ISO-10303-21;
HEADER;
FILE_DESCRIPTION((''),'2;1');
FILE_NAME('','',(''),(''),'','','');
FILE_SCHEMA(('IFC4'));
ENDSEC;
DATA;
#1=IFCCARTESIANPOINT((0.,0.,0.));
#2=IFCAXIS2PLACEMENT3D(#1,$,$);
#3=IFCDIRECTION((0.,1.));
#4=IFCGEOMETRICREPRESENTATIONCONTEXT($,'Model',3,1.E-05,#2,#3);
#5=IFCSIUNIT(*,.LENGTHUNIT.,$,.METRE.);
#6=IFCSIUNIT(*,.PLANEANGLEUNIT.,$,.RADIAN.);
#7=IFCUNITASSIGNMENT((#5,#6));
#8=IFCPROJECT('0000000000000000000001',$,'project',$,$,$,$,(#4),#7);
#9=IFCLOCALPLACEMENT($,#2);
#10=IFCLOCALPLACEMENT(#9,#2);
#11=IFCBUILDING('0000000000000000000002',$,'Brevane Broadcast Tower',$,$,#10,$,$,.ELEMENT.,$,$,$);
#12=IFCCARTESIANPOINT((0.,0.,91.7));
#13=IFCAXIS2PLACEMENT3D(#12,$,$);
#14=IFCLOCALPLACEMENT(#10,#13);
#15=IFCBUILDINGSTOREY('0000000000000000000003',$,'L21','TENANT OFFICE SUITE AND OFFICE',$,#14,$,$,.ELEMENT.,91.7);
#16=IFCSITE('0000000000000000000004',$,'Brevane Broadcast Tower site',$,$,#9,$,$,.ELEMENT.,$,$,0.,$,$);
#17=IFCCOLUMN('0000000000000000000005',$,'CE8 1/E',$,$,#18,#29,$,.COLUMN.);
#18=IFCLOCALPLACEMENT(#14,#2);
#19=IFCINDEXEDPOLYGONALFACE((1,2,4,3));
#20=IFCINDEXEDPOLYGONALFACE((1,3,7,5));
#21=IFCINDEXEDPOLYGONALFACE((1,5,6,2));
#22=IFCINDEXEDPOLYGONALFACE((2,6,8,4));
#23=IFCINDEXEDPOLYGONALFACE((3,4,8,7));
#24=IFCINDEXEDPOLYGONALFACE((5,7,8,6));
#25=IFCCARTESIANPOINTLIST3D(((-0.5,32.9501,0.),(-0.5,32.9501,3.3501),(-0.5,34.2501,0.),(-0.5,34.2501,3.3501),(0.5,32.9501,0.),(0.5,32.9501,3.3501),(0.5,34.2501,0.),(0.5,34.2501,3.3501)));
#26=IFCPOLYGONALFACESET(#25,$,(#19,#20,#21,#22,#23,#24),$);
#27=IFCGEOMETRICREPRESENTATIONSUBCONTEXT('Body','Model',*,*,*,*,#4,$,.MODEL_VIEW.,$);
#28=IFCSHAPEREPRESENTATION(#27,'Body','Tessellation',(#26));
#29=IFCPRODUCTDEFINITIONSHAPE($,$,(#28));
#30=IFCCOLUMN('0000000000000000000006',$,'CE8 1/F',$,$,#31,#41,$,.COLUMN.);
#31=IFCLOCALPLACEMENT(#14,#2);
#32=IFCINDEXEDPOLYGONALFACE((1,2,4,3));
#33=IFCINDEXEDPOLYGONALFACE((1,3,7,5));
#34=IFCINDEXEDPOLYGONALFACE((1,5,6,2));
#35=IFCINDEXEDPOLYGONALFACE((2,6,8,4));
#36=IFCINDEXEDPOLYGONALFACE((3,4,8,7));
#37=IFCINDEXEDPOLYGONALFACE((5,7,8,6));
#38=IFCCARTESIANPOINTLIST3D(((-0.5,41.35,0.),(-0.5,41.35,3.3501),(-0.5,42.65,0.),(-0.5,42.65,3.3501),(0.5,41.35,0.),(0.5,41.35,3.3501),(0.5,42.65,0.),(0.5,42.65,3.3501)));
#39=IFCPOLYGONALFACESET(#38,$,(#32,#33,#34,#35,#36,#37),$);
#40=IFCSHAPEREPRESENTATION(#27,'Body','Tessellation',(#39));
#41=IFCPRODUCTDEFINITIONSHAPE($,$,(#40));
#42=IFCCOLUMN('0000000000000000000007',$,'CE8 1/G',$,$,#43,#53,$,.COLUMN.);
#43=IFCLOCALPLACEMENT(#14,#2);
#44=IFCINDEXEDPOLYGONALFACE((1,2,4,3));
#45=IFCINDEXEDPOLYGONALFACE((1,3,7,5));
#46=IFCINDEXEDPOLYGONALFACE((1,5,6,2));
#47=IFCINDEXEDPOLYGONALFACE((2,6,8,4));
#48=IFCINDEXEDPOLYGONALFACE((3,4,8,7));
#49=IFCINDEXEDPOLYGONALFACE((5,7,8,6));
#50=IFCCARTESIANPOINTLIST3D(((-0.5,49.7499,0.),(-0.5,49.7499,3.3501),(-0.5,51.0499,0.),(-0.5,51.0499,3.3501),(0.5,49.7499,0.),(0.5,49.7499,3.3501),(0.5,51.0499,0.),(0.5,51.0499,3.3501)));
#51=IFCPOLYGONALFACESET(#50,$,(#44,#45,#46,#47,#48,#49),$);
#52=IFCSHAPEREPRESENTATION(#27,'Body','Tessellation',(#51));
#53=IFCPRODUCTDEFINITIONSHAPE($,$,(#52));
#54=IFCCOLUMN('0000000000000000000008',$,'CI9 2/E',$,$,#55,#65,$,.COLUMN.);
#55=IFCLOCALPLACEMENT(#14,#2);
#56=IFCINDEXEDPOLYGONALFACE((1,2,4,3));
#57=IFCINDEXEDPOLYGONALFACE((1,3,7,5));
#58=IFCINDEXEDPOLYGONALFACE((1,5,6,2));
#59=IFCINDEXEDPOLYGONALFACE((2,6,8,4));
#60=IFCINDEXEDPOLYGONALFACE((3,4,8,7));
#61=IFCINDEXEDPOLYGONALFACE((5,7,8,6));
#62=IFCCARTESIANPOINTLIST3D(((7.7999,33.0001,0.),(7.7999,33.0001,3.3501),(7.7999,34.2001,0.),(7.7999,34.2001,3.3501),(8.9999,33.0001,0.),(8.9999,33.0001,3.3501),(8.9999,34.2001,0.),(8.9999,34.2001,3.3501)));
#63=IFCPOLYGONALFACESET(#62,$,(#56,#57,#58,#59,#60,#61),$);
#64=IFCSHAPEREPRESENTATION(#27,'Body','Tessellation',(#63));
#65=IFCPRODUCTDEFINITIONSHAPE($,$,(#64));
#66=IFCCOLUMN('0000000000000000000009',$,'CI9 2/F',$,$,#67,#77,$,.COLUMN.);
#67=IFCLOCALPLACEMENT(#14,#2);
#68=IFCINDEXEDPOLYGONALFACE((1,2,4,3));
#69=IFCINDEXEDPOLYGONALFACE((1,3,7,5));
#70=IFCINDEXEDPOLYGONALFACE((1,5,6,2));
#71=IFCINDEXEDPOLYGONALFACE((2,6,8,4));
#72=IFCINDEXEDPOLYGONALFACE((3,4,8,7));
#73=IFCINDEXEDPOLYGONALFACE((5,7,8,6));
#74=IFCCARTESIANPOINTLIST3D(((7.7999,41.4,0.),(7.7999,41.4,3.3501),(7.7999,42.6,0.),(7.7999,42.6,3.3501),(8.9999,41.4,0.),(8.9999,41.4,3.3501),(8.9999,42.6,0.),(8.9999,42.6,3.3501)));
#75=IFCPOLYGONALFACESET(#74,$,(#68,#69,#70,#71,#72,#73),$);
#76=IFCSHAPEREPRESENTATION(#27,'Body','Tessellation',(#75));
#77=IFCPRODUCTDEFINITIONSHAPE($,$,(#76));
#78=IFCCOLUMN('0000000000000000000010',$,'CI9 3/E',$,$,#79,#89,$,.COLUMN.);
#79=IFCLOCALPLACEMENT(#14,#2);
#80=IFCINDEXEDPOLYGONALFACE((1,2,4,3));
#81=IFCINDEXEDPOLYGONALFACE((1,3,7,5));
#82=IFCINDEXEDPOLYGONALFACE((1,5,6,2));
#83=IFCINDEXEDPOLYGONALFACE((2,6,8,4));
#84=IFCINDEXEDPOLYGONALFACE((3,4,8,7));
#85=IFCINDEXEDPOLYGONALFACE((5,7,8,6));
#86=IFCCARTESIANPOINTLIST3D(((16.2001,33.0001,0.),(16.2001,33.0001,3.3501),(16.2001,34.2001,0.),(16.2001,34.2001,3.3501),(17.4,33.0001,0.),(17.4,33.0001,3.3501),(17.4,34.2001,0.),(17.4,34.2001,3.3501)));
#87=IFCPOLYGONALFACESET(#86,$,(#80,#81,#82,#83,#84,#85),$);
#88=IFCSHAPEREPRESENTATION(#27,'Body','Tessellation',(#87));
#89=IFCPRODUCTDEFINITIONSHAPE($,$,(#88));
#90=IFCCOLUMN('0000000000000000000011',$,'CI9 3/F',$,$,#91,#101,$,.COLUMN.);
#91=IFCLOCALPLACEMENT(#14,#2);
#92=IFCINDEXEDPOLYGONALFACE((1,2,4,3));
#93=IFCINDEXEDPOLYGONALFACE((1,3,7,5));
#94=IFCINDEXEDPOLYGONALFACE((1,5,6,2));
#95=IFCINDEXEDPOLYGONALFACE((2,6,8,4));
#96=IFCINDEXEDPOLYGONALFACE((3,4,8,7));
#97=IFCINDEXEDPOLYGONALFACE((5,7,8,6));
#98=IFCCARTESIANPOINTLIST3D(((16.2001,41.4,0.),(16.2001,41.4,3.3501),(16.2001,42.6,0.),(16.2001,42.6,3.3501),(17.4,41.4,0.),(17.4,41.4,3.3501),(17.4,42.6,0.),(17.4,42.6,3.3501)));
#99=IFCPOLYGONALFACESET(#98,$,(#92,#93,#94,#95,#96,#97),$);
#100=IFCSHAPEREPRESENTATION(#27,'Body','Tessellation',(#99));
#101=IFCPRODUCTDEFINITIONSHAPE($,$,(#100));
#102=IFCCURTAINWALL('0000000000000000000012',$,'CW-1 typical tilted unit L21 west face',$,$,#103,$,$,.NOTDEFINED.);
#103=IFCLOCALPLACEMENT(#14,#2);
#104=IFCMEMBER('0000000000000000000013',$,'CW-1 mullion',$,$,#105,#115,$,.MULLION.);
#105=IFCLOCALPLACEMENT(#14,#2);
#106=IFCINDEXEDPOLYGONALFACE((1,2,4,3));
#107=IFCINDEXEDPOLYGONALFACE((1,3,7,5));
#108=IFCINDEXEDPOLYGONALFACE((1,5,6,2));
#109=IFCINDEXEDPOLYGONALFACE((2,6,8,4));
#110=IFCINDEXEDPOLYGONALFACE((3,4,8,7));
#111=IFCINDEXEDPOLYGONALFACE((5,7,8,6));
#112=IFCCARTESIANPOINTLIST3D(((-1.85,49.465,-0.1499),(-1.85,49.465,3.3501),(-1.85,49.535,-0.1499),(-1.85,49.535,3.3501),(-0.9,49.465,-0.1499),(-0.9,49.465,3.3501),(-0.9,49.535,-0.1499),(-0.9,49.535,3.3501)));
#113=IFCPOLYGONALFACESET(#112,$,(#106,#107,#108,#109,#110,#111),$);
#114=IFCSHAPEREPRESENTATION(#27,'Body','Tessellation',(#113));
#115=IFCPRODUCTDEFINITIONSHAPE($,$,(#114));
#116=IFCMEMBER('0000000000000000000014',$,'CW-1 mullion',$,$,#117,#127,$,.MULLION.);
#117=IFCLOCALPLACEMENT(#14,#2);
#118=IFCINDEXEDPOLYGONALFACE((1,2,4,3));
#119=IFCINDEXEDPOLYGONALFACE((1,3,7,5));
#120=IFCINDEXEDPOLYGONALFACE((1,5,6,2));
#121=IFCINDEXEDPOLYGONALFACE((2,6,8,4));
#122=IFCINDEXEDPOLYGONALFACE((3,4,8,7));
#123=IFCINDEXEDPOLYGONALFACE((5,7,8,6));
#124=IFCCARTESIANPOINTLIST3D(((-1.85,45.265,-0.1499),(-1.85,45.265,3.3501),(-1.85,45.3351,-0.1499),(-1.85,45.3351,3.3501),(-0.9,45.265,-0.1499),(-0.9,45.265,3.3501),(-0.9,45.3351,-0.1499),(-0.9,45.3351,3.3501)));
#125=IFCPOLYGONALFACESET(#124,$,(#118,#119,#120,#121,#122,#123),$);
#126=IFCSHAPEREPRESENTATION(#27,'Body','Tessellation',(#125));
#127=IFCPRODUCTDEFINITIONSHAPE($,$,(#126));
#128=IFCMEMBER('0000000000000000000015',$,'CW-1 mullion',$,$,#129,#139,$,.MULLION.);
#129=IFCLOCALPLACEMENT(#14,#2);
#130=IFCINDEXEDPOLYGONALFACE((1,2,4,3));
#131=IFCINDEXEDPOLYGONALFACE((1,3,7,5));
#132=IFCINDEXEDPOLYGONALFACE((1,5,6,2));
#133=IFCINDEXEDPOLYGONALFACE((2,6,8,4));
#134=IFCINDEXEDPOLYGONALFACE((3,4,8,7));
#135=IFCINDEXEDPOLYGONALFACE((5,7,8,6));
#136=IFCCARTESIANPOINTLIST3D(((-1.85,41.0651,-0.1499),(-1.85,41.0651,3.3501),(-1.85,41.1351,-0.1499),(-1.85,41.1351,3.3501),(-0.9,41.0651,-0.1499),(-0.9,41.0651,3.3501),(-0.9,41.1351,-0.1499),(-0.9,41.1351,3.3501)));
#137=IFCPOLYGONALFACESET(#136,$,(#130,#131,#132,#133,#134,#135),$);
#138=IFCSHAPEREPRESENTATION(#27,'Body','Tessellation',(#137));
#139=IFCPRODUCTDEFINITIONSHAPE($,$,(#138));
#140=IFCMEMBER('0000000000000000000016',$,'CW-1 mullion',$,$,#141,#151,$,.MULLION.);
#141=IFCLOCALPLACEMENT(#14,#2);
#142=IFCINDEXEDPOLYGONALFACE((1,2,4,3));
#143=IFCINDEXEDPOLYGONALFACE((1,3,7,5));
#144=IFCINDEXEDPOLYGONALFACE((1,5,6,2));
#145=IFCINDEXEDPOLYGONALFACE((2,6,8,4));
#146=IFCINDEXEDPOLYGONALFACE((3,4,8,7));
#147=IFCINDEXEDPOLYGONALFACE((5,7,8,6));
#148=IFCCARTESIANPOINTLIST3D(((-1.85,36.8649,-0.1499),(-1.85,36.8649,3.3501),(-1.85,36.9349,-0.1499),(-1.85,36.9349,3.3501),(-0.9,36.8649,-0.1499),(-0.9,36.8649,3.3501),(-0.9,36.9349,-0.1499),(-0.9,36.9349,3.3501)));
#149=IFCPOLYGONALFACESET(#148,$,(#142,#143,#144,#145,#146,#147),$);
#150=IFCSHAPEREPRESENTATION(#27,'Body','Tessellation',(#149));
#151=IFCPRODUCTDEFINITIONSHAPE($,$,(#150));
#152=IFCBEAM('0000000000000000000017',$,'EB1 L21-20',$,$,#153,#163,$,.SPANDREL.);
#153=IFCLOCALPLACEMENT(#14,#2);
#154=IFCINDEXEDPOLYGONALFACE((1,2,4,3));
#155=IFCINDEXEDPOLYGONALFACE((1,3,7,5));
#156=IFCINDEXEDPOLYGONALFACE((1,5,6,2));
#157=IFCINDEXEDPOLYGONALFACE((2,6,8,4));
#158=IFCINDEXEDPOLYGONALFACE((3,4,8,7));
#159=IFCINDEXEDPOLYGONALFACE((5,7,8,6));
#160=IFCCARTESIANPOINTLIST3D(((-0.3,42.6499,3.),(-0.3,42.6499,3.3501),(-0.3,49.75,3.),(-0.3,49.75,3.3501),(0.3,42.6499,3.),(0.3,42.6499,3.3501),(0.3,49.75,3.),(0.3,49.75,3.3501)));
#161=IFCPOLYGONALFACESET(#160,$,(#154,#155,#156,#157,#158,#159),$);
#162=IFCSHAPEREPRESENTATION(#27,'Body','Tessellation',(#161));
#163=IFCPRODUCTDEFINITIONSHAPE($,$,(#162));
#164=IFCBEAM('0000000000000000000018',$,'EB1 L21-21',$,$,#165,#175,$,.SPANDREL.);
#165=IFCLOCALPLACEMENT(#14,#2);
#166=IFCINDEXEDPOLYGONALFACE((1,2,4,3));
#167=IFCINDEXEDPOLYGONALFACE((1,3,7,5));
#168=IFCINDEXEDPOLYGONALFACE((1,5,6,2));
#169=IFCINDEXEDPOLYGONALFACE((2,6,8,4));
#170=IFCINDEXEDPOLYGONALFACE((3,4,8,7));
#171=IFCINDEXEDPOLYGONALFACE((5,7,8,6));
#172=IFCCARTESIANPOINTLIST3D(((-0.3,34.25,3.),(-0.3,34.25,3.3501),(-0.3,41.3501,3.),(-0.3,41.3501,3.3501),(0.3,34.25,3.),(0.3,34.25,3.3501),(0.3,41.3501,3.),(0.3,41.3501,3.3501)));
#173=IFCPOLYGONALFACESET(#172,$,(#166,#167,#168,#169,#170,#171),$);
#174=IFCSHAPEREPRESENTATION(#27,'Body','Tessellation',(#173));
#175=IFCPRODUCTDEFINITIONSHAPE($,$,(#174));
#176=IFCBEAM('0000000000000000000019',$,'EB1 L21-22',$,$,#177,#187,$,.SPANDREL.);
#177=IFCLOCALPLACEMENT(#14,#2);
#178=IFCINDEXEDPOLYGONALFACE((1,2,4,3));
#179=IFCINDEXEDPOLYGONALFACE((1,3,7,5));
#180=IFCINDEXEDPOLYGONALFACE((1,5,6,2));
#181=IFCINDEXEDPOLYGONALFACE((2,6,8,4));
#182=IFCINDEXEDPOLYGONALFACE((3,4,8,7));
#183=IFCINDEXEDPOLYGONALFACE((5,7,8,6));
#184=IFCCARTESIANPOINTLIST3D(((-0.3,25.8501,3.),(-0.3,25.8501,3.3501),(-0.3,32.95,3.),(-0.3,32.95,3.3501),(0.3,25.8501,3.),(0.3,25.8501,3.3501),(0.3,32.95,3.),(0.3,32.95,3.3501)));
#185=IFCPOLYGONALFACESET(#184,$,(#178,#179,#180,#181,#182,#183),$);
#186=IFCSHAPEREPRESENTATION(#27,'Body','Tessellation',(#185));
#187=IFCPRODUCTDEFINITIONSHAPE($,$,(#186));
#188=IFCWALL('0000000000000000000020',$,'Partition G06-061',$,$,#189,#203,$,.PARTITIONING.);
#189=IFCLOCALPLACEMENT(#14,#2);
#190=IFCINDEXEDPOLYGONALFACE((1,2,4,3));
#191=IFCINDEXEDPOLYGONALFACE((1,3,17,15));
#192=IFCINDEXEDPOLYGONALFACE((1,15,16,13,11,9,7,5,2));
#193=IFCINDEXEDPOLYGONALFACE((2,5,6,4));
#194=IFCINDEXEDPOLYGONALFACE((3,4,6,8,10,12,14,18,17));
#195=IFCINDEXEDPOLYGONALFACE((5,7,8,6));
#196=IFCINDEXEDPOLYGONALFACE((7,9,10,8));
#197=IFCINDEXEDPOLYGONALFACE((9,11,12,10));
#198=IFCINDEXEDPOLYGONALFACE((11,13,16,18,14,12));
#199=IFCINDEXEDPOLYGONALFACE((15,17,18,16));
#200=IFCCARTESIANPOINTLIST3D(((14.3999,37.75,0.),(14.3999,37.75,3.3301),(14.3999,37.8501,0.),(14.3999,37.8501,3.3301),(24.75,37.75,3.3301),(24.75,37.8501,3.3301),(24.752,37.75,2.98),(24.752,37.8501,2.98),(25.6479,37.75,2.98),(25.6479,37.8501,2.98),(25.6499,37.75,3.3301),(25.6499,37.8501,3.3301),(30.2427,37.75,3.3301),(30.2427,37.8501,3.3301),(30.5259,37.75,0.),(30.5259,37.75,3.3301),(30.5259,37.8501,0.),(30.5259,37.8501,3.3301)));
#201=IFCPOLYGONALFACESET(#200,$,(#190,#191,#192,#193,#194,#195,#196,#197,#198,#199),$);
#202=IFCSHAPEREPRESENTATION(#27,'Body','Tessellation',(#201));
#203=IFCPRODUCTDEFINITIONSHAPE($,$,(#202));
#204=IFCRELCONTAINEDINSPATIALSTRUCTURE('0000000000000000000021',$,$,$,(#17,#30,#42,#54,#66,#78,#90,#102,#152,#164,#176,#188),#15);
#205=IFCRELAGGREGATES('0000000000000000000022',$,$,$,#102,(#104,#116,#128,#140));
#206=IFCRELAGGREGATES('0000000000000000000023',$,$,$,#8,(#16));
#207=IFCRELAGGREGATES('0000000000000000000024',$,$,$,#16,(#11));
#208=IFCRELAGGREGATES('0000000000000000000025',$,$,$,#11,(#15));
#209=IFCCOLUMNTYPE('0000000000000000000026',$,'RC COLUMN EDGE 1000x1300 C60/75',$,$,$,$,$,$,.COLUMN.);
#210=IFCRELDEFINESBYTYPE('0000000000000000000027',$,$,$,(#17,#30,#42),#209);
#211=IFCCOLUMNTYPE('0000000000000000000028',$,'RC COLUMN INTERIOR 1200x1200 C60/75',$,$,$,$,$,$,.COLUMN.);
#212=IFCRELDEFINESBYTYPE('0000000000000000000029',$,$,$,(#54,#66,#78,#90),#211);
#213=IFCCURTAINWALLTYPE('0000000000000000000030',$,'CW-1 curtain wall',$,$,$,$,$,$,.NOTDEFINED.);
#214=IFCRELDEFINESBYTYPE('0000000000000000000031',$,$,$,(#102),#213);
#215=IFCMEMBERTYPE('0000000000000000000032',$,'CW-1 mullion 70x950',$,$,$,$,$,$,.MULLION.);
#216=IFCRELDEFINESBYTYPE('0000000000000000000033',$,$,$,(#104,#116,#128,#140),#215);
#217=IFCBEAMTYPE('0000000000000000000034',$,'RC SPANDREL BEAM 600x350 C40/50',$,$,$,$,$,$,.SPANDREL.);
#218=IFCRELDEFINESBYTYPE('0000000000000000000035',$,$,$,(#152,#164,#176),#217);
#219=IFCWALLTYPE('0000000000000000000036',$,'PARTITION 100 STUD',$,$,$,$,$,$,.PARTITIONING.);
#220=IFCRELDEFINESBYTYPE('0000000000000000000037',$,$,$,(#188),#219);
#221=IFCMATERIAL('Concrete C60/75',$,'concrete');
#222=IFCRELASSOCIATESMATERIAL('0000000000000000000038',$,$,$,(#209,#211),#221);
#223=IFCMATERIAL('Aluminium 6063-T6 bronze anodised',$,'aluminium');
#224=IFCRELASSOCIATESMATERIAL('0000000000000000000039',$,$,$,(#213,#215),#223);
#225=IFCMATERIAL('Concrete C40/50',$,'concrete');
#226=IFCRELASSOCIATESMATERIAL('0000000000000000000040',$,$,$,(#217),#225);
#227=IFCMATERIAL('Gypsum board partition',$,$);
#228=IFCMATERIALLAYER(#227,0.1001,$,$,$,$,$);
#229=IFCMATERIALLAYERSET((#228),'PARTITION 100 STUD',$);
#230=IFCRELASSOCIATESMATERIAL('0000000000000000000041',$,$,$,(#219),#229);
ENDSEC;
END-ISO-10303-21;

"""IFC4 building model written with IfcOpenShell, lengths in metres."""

from ifc_helpers import new_model, si_unit, direction, frame, origin, origin_2d, place, context, subcontext, project, spatial, polyline, rectangle, outline, extrude, material, layer, layer_set, material_profile, profile_set, type_object, element, aggregate, save


model = new_model("IFC4")

# Units and contexts
model_context = context("Model", 3, precision=1e-05, world=origin(), true_north=direction((0.0, 1.0)))
body_context = subcontext(model_context, "Body", "Model", "MODEL_VIEW")
ifc_project = project(units=[si_unit("LENGTHUNIT", "METRE"), si_unit("PLANEANGLEUNIT", "RADIAN")], contexts=[model_context])

# Site, building, storey
site_placement = place(None, origin())
site = spatial("IfcSite", under=ifc_project, at=site_placement, Name="Brevane Broadcast Tower site", CompositionType="ELEMENT", RefElevation=0.0)
building_placement = place(site_placement, origin())
building = spatial("IfcBuilding", under=site, at=building_placement, Name="Brevane Broadcast Tower", CompositionType="ELEMENT")
storey_placement = place(building_placement, frame((0.0, 0.0, 91.7)))
storey = spatial("IfcBuildingStorey", under=building, at=storey_placement, Name="L21", Description="TENANT OFFICE SUITE AND OFFICE", CompositionType="ELEMENT", Elevation=91.7)

# Columns
ifc_material_1 = material(Name="Concrete C60/75", Category="concrete")
ifc_material_profile_1 = material_profile(ifc_material_1, rectangle(XDim=1.0, YDim=1.3, at=origin_2d()), Name="RC 1000x1300")
ifc_profile_set_1 = profile_set([ifc_material_profile_1], Name="Concrete C60/75")
column_type_1 = type_object("IfcColumnType", Name="RC COLUMN EDGE 1000x1300 C60/75", PredefinedType="COLUMN", material=ifc_profile_set_1)
for number, where, z_axis, x_axis, name in (
    (1, (0.0, 33.6001, 0.0), (0.0, 0.0, 1.0), (1.0, 0.0, 0.0), "CE8 1/E"),
    (2, (0.0, 42.0, 0.0), (0.0, 0.0, 1.0), (1.0, 0.0, 0.0), "CE8 1/F"),
    (3, (0.0, 50.3999, 0.0), (0.0, 0.0, 1.0), (1.0, 0.0, 0.0), "CE8 1/G"),
):
    element("IfcColumn", number, at=place(storey_placement, frame(where, z_axis=z_axis, x_axis=x_axis)), inside=storey, type_object=column_type_1, Name=name, PredefinedType="COLUMN", context=body_context, shape_type="SweptSolid", body=[
        extrude(rectangle(XDim=1.0, YDim=1.3, at=origin_2d()), origin(), (0.0, 0.0, 1.0), 3.3501),
    ])
ifc_material_profile_2 = material_profile(ifc_material_1, rectangle(XDim=1.2, YDim=1.2, at=origin_2d()), Name="RC 1200x1200")
ifc_profile_set_2 = profile_set([ifc_material_profile_2], Name="Concrete C60/75")
column_type_2 = type_object("IfcColumnType", Name="RC COLUMN INTERIOR 1200x1200 C60/75", PredefinedType="COLUMN", material=ifc_profile_set_2)
for number, where, z_axis, x_axis, name in (
    (4, (8.3999, 33.6001, 0.0), (0.0, 0.0, 1.0), (1.0, 0.0, 0.0), "CI9 2/E"),
    (5, (8.3999, 42.0, 0.0), (0.0, 0.0, 1.0), (1.0, 0.0, 0.0), "CI9 2/F"),
    (6, (16.8, 33.6001, 0.0), (0.0, 0.0, 1.0), (1.0, 0.0, 0.0), "CI9 3/E"),
    (7, (16.8, 42.0, 0.0), (0.0, 0.0, 1.0), (1.0, 0.0, 0.0), "CI9 3/F"),
):
    element("IfcColumn", number, at=place(storey_placement, frame(where, z_axis=z_axis, x_axis=x_axis)), inside=storey, type_object=column_type_2, Name=name, PredefinedType="COLUMN", context=body_context, shape_type="SweptSolid", body=[
        extrude(rectangle(XDim=1.2, YDim=1.2, at=origin_2d()), origin(), (0.0, 0.0, 1.0), 3.3501),
    ])

# Curtain wall, members
ifc_material_2 = material(Name="Aluminium 6063-T6 bronze anodised", Category="aluminium")
curtain_wall_type = type_object("IfcCurtainWallType", Name="CW-1 curtain wall", PredefinedType="NOTDEFINED", material=ifc_material_2)
curtain_wall_placement = place(storey_placement, origin())
curtain_wall = element("IfcCurtainWall", 8, at=curtain_wall_placement, inside=storey, type_object=curtain_wall_type, Name="CW-1 typical tilted unit L21 west face", PredefinedType="NOTDEFINED")
ifc_material_profile_3 = material_profile(ifc_material_2, rectangle(XDim=0.95, YDim=0.0701, at=origin_2d()), Name="RECT 70x950")
ifc_profile_set_3 = profile_set([ifc_material_profile_3], Name="Aluminium 6063-T6 bronze anodised")
member_type = type_object("IfcMemberType", Name="CW-1 mullion 70x950", PredefinedType="MULLION", material=ifc_profile_set_3)
member_1_placement = place(storey_placement, frame((-1.375, 49.5, -0.1499), z_axis=(0.0, 0.0, 1.0), x_axis=(1.0, 0.0, 0.0)))
member_1 = element("IfcMember", 9, at=member_1_placement, type_object=member_type, Name="CW-1 mullion", PredefinedType="MULLION", context=body_context, shape_type="SweptSolid", body=[
    extrude(rectangle(XDim=0.95, YDim=0.0701, at=origin_2d()), origin(), (0.0, 0.0, 1.0), 3.5),
])
member_2_placement = place(storey_placement, frame((-1.375, 45.3, -0.1499), z_axis=(0.0, 0.0, 1.0), x_axis=(1.0, 0.0, 0.0)))
member_2 = element("IfcMember", 10, at=member_2_placement, type_object=member_type, Name="CW-1 mullion", PredefinedType="MULLION", context=body_context, shape_type="SweptSolid", body=[
    extrude(rectangle(XDim=0.95, YDim=0.0701, at=origin_2d()), origin(), (0.0, 0.0, 1.0), 3.5),
])
member_3_placement = place(storey_placement, frame((-1.375, 41.1001, -0.1499), z_axis=(0.0, 0.0, 1.0), x_axis=(1.0, 0.0, 0.0)))
member_3 = element("IfcMember", 11, at=member_3_placement, type_object=member_type, Name="CW-1 mullion", PredefinedType="MULLION", context=body_context, shape_type="SweptSolid", body=[
    extrude(rectangle(XDim=0.95, YDim=0.0701, at=origin_2d()), origin(), (0.0, 0.0, 1.0), 3.5),
])
member_4_placement = place(storey_placement, frame((-1.375, 36.8999, -0.1499), z_axis=(0.0, 0.0, 1.0), x_axis=(1.0, 0.0, 0.0)))
member_4 = element("IfcMember", 12, at=member_4_placement, type_object=member_type, Name="CW-1 mullion", PredefinedType="MULLION", context=body_context, shape_type="SweptSolid", body=[
    extrude(rectangle(XDim=0.95, YDim=0.0701, at=origin_2d()), origin(), (0.0, 0.0, 1.0), 3.5),
])
aggregate(curtain_wall, [member_1, member_2, member_3, member_4])

# Beams
ifc_material_3 = material(Name="Concrete C40/50", Category="concrete")
ifc_material_profile_4 = material_profile(ifc_material_3, rectangle(XDim=0.6001, YDim=0.3501, at=origin_2d()), Name="RC 600x350")
ifc_profile_set_4 = profile_set([ifc_material_profile_4], Name="Concrete C40/50")
beam_type = type_object("IfcBeamType", Name="RC SPANDREL BEAM 600x350 C40/50", PredefinedType="SPANDREL", material=ifc_profile_set_4)
for number, where, z_axis, x_axis, name in (
    (13, (0.0, 49.75, 3.175), (0.0, -1.0, 0.0), (1.0, 0.0, 0.0), "EB1 L21-20"),
    (14, (0.0, 41.3501, 3.175), (0.0, -1.0, 0.0), (1.0, 0.0, 0.0), "EB1 L21-21"),
):
    element("IfcBeam", number, at=place(storey_placement, frame(where, z_axis=z_axis, x_axis=x_axis)), inside=storey, type_object=beam_type, Name=name, PredefinedType="SPANDREL", context=body_context, shape_type="SweptSolid", body=[
        extrude(rectangle(XDim=0.6001, YDim=0.3501, at=origin_2d()), origin(), (0.0, 0.0, 1.0), 7.1001),
    ])
beam_placement = place(storey_placement, frame((0.0, 32.95, 3.175), z_axis=(0.0, -1.0, 0.0), x_axis=(1.0, 0.0, 0.0)))
element("IfcBeam", 15, at=beam_placement, inside=storey, type_object=beam_type, Name="EB1 L21-22", PredefinedType="SPANDREL", context=body_context, shape_type="SweptSolid", body=[
    extrude(rectangle(XDim=0.6001, YDim=0.3501, at=origin_2d()), origin(), (0.0, 0.0, 1.0), 7.0999),
])

# Wall
ifc_material_4 = material(Name="Gypsum board partition")
ifc_layer_1 = layer(ifc_material_4, 0.1001)
ifc_layer_set_1 = layer_set([ifc_layer_1], Name="PARTITION 100 STUD")
wall_type_1 = type_object("IfcWallType", Name="PARTITION 100 STUD", PredefinedType="PARTITIONING", material=ifc_layer_set_1)
wall_1_placement = place(storey_placement, frame((14.3999, 37.8, 0.0), z_axis=(0.0, 0.0, 1.0), x_axis=(1.0, 0.0, 0.0)))
element("IfcWall", 16, at=wall_1_placement, inside=storey, type_object=wall_type_1, Name="Partition G06-061", PredefinedType="PARTITIONING", context=body_context, shape_type="SweptSolid", body=[
    extrude(outline(polyline([(0.0, 0.0), (16.126, 0.0), (16.126, 3.3301), (15.8428, 3.3301), (11.25, 3.3301), (11.248, 2.98), (10.3521, 2.98), (10.3501, 3.3301), (0.0, 3.3301), (0.0, 0.0)])), frame((0.0, 0.05, 0.0), z_axis=(0.0, -1.0, 0.0), x_axis=(1.0, 0.0, 0.0)), (0.0, 0.0, 1.0), 0.1001),
])

save(model, "model.ifc")
